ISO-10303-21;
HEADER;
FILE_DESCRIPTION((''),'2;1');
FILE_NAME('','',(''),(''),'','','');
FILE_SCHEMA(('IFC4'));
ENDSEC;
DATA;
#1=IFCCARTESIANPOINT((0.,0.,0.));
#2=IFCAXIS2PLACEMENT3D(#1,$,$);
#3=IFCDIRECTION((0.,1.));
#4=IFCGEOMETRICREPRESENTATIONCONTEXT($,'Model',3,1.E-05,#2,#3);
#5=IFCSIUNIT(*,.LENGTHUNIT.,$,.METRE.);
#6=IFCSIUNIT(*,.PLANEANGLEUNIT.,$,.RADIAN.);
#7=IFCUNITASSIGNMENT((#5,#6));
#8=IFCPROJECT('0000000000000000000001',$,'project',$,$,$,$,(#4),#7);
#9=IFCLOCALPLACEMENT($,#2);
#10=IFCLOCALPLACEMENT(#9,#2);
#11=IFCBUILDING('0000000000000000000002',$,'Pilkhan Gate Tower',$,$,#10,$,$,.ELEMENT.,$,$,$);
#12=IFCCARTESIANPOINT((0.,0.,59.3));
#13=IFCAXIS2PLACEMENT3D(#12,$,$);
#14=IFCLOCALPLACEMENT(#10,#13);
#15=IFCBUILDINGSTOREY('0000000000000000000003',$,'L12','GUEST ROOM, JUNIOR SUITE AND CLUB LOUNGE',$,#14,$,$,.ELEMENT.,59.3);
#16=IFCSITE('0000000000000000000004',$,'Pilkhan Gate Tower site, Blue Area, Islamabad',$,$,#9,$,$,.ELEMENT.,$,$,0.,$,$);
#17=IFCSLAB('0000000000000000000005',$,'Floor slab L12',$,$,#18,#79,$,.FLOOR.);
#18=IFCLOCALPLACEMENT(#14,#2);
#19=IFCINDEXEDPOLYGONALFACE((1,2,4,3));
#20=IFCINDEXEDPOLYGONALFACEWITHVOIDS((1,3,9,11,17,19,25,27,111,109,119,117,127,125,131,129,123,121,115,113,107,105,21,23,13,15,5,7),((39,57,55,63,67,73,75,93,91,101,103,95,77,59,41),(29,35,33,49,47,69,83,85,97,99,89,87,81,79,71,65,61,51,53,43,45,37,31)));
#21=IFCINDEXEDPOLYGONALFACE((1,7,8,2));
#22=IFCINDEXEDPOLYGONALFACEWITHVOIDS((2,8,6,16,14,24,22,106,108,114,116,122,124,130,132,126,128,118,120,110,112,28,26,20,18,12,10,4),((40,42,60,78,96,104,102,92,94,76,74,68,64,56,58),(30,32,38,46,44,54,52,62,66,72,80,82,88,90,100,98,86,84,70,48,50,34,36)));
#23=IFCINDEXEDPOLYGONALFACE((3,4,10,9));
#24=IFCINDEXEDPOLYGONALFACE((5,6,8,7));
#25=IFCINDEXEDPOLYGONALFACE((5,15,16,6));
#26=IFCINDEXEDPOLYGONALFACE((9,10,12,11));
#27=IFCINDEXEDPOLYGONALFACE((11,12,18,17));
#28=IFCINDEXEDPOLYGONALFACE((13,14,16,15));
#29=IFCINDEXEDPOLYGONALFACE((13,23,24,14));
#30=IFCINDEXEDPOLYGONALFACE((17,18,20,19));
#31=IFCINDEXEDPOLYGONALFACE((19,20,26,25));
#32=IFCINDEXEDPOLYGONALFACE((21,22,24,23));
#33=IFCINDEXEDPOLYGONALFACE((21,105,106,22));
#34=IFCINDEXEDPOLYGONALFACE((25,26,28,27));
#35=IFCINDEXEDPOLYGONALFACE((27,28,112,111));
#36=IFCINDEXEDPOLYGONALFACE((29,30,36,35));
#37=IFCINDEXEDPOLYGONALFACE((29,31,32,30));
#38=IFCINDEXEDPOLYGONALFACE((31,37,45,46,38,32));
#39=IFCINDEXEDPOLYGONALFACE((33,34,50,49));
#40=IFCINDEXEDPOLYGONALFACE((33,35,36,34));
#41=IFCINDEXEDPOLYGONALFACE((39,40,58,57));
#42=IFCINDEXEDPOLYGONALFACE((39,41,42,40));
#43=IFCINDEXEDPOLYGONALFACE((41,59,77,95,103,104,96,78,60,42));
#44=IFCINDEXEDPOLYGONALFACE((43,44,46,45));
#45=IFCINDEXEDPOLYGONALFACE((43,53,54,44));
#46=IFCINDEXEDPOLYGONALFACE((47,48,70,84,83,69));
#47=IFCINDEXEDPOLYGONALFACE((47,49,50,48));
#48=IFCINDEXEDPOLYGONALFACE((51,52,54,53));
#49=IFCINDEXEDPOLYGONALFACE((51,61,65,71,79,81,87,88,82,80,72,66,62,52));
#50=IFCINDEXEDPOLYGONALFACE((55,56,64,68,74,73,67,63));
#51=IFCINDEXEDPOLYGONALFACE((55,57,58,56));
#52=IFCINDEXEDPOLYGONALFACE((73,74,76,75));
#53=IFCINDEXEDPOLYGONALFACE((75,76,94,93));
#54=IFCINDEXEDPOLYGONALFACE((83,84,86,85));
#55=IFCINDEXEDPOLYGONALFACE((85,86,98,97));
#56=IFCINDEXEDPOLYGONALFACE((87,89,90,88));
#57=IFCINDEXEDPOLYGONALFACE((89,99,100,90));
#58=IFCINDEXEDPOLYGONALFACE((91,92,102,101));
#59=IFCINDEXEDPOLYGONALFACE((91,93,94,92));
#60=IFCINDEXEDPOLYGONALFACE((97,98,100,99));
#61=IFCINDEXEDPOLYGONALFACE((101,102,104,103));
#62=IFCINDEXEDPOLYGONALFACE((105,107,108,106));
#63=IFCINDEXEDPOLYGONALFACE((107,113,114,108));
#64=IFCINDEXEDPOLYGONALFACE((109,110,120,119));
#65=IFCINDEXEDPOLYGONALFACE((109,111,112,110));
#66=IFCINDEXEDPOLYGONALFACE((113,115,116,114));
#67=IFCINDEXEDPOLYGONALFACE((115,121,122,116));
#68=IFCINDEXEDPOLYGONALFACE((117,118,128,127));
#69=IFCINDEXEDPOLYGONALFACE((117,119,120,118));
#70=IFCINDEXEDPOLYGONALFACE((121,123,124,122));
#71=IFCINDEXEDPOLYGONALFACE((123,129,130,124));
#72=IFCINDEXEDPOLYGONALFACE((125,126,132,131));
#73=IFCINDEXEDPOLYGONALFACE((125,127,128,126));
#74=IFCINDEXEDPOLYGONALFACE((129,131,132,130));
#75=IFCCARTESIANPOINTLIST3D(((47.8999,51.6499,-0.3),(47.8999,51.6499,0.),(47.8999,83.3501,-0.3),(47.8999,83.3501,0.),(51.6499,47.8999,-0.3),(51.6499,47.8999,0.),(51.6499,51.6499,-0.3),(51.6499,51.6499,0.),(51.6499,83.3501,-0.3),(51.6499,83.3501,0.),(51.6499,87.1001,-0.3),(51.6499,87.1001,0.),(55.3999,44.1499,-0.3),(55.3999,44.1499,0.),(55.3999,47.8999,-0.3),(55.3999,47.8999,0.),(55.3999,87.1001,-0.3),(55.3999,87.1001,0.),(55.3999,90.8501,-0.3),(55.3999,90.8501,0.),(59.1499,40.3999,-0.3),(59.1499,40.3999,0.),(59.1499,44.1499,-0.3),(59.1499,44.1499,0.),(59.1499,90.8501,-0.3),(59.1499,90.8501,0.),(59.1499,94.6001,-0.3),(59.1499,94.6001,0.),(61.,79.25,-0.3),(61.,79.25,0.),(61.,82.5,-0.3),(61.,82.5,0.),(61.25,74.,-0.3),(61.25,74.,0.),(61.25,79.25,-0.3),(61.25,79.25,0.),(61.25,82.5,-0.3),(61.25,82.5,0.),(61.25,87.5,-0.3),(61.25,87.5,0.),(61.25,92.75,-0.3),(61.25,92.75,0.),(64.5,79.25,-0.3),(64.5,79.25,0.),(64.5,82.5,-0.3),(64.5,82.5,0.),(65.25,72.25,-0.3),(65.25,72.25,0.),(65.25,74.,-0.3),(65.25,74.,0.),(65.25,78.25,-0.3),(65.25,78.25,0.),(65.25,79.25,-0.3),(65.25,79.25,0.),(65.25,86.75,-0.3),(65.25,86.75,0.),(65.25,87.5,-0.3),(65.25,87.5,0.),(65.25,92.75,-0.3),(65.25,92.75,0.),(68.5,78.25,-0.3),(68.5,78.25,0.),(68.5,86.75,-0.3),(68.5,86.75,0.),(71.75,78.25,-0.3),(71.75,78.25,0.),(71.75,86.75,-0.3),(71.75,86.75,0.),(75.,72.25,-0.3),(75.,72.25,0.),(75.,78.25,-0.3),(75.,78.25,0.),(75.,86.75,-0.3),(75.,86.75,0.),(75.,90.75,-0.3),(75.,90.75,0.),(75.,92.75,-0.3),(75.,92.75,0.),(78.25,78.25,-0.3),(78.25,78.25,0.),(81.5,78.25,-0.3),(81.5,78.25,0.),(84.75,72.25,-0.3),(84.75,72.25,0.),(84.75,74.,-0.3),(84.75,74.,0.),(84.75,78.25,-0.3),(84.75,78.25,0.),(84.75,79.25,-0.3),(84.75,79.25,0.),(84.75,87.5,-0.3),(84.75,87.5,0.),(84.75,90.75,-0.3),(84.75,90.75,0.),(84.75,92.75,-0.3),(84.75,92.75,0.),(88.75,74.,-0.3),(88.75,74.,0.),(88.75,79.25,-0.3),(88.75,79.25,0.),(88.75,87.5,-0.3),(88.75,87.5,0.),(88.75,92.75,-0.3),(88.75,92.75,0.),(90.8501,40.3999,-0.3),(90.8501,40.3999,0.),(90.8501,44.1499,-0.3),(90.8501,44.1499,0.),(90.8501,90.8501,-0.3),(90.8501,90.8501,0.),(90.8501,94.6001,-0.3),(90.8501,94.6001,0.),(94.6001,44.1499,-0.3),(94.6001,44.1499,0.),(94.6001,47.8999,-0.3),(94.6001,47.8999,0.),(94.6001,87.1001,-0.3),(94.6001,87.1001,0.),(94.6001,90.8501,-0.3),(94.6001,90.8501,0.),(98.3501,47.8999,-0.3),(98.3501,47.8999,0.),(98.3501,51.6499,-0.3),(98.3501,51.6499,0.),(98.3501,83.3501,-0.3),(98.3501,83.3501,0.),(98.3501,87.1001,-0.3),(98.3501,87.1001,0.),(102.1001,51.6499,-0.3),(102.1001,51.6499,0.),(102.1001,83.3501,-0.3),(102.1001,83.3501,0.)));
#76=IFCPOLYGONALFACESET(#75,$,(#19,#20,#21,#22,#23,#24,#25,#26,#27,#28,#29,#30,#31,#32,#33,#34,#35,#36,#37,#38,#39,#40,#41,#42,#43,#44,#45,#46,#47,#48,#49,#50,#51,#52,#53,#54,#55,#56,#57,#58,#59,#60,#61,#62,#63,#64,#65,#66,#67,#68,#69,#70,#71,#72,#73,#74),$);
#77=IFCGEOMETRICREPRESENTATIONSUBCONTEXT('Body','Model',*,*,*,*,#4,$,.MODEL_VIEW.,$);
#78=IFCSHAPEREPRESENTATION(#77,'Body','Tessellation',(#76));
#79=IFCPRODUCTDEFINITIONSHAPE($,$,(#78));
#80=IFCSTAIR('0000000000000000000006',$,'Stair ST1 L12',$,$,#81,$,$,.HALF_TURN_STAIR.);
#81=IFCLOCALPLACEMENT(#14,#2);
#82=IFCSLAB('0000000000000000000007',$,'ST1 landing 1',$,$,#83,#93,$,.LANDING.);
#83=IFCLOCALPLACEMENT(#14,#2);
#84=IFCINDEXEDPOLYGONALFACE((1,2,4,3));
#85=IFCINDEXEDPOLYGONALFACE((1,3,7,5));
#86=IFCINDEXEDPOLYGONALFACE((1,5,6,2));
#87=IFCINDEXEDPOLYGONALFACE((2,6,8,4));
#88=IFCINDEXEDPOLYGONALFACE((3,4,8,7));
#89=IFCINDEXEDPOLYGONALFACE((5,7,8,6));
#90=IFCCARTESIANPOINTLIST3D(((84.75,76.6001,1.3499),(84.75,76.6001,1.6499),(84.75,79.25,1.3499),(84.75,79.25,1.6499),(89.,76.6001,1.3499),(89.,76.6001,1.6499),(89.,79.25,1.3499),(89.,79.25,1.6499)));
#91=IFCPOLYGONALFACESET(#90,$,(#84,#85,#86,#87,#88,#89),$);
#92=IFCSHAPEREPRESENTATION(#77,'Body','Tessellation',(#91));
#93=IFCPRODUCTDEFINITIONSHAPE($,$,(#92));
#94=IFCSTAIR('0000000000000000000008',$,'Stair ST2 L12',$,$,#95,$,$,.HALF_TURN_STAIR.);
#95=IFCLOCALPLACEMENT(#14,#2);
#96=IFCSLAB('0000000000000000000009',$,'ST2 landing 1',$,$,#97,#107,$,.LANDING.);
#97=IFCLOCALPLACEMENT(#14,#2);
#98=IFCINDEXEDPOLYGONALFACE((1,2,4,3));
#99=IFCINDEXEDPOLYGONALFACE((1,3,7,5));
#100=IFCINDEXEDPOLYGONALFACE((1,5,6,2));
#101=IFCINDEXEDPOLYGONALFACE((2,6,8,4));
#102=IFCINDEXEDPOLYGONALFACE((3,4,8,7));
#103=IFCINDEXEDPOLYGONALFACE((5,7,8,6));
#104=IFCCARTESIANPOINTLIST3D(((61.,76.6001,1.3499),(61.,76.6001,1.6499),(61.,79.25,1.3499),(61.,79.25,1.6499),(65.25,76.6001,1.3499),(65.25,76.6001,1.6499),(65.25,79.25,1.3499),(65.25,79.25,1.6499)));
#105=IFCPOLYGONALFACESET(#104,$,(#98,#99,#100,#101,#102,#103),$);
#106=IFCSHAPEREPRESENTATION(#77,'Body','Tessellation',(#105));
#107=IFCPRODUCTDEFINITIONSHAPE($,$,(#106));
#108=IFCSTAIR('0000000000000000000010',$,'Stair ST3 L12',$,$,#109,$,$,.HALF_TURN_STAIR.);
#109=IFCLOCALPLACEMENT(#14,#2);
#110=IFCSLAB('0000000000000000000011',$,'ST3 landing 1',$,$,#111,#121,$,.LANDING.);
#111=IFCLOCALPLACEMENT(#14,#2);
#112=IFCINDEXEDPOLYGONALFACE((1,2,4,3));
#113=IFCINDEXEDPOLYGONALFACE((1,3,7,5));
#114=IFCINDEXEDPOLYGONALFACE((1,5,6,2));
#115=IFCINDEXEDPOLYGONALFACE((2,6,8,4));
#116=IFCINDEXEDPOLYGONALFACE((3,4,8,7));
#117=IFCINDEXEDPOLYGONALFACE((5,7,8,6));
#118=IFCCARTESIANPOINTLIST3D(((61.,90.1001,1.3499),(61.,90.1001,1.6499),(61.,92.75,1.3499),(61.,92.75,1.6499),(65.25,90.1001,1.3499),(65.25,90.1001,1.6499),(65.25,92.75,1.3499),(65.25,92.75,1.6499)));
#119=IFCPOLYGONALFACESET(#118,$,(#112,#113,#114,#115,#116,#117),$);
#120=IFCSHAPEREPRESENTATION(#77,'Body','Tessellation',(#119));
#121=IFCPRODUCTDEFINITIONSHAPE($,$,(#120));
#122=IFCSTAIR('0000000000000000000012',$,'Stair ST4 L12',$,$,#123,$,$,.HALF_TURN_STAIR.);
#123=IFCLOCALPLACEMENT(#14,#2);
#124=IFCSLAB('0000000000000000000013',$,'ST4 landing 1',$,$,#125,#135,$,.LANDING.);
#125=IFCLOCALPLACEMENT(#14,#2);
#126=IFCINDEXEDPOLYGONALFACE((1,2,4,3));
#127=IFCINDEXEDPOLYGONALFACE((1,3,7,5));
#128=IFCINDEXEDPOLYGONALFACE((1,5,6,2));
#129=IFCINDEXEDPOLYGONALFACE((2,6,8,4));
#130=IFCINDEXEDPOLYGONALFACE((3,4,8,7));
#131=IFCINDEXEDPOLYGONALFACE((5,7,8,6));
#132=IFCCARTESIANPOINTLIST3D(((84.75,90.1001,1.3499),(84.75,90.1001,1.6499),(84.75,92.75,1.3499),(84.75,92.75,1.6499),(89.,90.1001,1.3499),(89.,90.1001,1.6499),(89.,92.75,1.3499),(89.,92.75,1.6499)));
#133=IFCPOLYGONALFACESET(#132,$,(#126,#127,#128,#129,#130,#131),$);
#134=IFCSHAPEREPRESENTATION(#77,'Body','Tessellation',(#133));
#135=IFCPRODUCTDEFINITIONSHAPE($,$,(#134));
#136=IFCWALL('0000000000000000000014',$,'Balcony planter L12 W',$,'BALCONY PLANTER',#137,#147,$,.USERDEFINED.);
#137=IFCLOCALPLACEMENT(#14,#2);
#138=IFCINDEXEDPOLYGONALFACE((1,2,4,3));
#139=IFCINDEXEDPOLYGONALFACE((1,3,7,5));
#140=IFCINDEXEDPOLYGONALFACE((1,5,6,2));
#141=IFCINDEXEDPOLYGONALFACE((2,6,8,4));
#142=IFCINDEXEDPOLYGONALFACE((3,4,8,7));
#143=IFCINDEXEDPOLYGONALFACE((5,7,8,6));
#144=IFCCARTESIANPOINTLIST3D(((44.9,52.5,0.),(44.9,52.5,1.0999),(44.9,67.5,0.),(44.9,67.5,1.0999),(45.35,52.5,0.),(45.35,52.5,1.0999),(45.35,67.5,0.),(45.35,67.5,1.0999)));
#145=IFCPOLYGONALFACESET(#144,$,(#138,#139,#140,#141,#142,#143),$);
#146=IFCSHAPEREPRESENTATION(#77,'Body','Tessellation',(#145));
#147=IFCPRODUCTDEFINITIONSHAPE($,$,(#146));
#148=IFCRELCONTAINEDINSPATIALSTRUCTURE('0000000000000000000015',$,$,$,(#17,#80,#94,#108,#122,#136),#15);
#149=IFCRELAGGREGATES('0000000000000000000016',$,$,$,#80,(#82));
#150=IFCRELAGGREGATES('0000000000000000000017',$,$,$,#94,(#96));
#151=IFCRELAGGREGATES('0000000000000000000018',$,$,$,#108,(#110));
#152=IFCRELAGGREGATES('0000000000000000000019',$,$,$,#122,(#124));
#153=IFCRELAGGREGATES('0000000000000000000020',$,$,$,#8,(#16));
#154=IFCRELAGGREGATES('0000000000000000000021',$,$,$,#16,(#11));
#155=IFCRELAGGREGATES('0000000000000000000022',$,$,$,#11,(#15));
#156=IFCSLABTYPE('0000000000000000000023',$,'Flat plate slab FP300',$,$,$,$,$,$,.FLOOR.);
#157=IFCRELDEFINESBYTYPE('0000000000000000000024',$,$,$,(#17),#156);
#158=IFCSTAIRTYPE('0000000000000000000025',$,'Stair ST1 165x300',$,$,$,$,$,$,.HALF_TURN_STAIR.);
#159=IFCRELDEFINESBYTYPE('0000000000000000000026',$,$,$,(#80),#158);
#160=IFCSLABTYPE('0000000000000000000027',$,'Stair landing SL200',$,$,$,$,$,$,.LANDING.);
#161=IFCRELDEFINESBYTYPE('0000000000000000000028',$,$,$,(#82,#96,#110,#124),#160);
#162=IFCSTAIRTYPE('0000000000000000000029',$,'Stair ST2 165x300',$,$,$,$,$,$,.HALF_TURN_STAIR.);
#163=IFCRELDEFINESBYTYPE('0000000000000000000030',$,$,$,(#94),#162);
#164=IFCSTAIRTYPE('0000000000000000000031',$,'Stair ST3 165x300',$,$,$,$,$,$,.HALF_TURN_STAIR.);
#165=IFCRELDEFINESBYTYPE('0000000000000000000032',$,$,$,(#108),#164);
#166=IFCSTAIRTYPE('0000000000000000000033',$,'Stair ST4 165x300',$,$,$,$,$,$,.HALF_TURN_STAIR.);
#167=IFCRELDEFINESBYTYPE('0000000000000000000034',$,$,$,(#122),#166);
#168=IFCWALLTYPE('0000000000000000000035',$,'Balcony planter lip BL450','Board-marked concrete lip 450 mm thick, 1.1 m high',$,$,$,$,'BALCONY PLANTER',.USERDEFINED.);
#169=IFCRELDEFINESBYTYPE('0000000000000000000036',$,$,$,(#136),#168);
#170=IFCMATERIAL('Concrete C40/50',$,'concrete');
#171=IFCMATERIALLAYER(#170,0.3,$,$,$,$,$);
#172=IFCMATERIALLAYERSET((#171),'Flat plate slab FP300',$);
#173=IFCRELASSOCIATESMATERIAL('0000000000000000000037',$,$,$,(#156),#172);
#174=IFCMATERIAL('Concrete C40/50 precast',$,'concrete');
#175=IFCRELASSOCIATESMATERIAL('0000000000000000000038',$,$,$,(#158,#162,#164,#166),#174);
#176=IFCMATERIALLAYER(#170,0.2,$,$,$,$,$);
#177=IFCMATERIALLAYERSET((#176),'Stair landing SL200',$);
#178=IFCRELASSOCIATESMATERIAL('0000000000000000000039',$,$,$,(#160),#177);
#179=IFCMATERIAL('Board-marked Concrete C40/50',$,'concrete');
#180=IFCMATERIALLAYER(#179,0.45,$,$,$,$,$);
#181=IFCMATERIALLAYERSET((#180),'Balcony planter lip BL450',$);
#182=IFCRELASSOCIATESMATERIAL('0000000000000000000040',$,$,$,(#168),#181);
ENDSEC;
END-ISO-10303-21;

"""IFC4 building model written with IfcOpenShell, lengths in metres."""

from ifc_helpers import new_model, si_unit, direction, frame, frame_2d, origin, place, context, subcontext, project, spatial, polyline, rectangle, outline, extrude, material, layer, layer_set, type_object, element, aggregate, save


model = new_model("IFC4")

# Units and contexts
model_context = context("Model", 3, precision=1e-05, world=origin(), true_north=direction((0.0, 1.0)))
body_context = subcontext(model_context, "Body", "Model", "MODEL_VIEW")
ifc_project = project(units=[si_unit("LENGTHUNIT", "METRE"), si_unit("PLANEANGLEUNIT", "RADIAN")], contexts=[model_context])

# Site, building, storey
site_placement = place(None, origin())
site = spatial("IfcSite", under=ifc_project, at=site_placement, Name="Pilkhan Gate Tower site, Blue Area, Islamabad", CompositionType="ELEMENT", RefElevation=0.0)
building_placement = place(site_placement, origin())
building = spatial("IfcBuilding", under=site, at=building_placement, Name="Pilkhan Gate Tower", CompositionType="ELEMENT")
storey_placement = place(building_placement, frame((0.0, 0.0, 59.3)))
storey = spatial("IfcBuildingStorey", under=building, at=storey_placement, Name="L12", Description="GUEST ROOM, JUNIOR SUITE AND CLUB LOUNGE", CompositionType="ELEMENT", Elevation=59.3)

# Slab
ifc_material_1 = material(Name="Concrete C40/50", Category="concrete")
ifc_layer_1 = layer(ifc_material_1, 0.3)
ifc_layer_set_1 = layer_set([ifc_layer_1], Name="Flat plate slab FP300")
slab_type_1 = type_object("IfcSlabType", Name="Flat plate slab FP300", PredefinedType="FLOOR", material=ifc_layer_set_1)
slab_1_placement = place(storey_placement, frame((0.0, 0.0, -0.3)))
element("IfcSlab", 1, at=slab_1_placement, inside=storey, type_object=slab_type_1, Name="Floor slab L12", PredefinedType="FLOOR", context=body_context, shape_type="SweptSolid", body=[
    extrude(outline(polyline([(98.3501, 47.8999), (94.6001, 47.8999), (94.6001, 44.1499), (90.8501, 44.1499), (90.8501, 40.3999), (59.1499, 40.3999), (59.1499, 44.1499), (55.3999, 44.1499), (55.3999, 47.8999), (51.6499, 47.8999), (51.6499, 51.6499), (47.8999, 51.6499), (47.8999, 83.3501), (51.6499, 83.3501), (51.6499, 87.1001), (55.3999, 87.1001), (55.3999, 90.8501), (59.1499, 90.8501), (59.1499, 94.6001), (90.8501, 94.6001), (90.8501, 90.8501), (94.6001, 90.8501), (94.6001, 87.1001), (98.3501, 87.1001), (98.3501, 83.3501), (102.1001, 83.3501), (102.1001, 51.6499), (98.3501, 51.6499), (98.3501, 47.8999)]), holes=[polyline([(65.25, 87.5), (65.25, 86.75), (68.5, 86.75), (71.75, 86.75), (75.0, 86.75), (75.0, 90.75), (84.75, 90.75), (84.75, 87.5), (88.75, 87.5), (88.75, 92.75), (84.75, 92.75), (75.0, 92.75), (65.25, 92.75), (61.25, 92.75), (61.25, 87.5), (65.25, 87.5)]), polyline([(75.0, 72.25), (84.75, 72.25), (84.75, 74.0), (88.75, 74.0), (88.75, 79.25), (84.75, 79.25), (84.75, 78.25), (81.5, 78.25), (78.25, 78.25), (75.0, 78.25), (71.75, 78.25), (68.5, 78.25), (65.25, 78.25), (65.25, 79.25), (64.5, 79.25), (64.5, 82.5), (61.25, 82.5), (61.0, 82.5), (61.0, 79.25), (61.25, 79.25), (61.25, 74.0), (65.25, 74.0), (65.25, 72.25), (75.0, 72.25)])]), origin(), (0.0, 0.0, 1.0), 0.3),
])

# Stairs, slabs
ifc_material_2 = material(Name="Concrete C40/50 precast", Category="concrete")
stair_type_1 = type_object("IfcStairType", Name="Stair ST1 165x300", PredefinedType="HALF_TURN_STAIR", material=ifc_material_2)
stair_1_placement = place(storey_placement, origin())
stair_1 = element("IfcStair", 2, at=stair_1_placement, inside=storey, type_object=stair_type_1, Name="Stair ST1 L12", PredefinedType="HALF_TURN_STAIR")
ifc_layer_2 = layer(ifc_material_1, 0.2)
ifc_layer_set_2 = layer_set([ifc_layer_2], Name="Stair landing SL200")
slab_type_2 = type_object("IfcSlabType", Name="Stair landing SL200", PredefinedType="LANDING", material=ifc_layer_set_2)
slab_2_placement = place(storey_placement, frame((0.0, 0.0, 1.3499)))
slab_2 = element("IfcSlab", 3, at=slab_2_placement, type_object=slab_type_2, Name="ST1 landing 1", PredefinedType="LANDING", context=body_context, shape_type="SweptSolid", body=[
    extrude(outline(polyline([(89.0, 76.6001), (89.0, 79.25), (84.75, 79.25), (84.75, 76.6001), (89.0, 76.6001)])), origin(), (0.0, 0.0, 1.0), 0.3),
])
aggregate(stair_1, [slab_2])
stair_type_2 = type_object("IfcStairType", Name="Stair ST2 165x300", PredefinedType="HALF_TURN_STAIR", material=ifc_material_2)
stair_2_placement = place(storey_placement, origin())
stair_2 = element("IfcStair", 4, at=stair_2_placement, inside=storey, type_object=stair_type_2, Name="Stair ST2 L12", PredefinedType="HALF_TURN_STAIR")
slab_3_placement = place(storey_placement, frame((0.0, 0.0, 1.3499)))
slab_3 = element("IfcSlab", 5, at=slab_3_placement, type_object=slab_type_2, Name="ST2 landing 1", PredefinedType="LANDING", context=body_context, shape_type="SweptSolid", body=[
    extrude(outline(polyline([(65.25, 76.6001), (65.25, 79.25), (61.0, 79.25), (61.0, 76.6001), (65.25, 76.6001)])), origin(), (0.0, 0.0, 1.0), 0.3),
])
aggregate(stair_2, [slab_3])
stair_type_3 = type_object("IfcStairType", Name="Stair ST3 165x300", PredefinedType="HALF_TURN_STAIR", material=ifc_material_2)
stair_3_placement = place(storey_placement, origin())
stair_3 = element("IfcStair", 6, at=stair_3_placement, inside=storey, type_object=stair_type_3, Name="Stair ST3 L12", PredefinedType="HALF_TURN_STAIR")
slab_4_placement = place(storey_placement, frame((0.0, 0.0, 1.3499)))
slab_4 = element("IfcSlab", 7, at=slab_4_placement, type_object=slab_type_2, Name="ST3 landing 1", PredefinedType="LANDING", context=body_context, shape_type="SweptSolid", body=[
    extrude(outline(polyline([(65.25, 90.1001), (65.25, 92.75), (61.0, 92.75), (61.0, 90.1001), (65.25, 90.1001)])), origin(), (0.0, 0.0, 1.0), 0.3),
])
aggregate(stair_3, [slab_4])
stair_type_4 = type_object("IfcStairType", Name="Stair ST4 165x300", PredefinedType="HALF_TURN_STAIR", material=ifc_material_2)
stair_4_placement = place(storey_placement, origin())
stair_4 = element("IfcStair", 8, at=stair_4_placement, inside=storey, type_object=stair_type_4, Name="Stair ST4 L12", PredefinedType="HALF_TURN_STAIR")
slab_5_placement = place(storey_placement, frame((0.0, 0.0, 1.3499)))
slab_5 = element("IfcSlab", 9, at=slab_5_placement, type_object=slab_type_2, Name="ST4 landing 1", PredefinedType="LANDING", context=body_context, shape_type="SweptSolid", body=[
    extrude(outline(polyline([(89.0, 90.1001), (89.0, 92.75), (84.75, 92.75), (84.75, 90.1001), (89.0, 90.1001)])), origin(), (0.0, 0.0, 1.0), 0.3),
])
aggregate(stair_4, [slab_5])

# Wall
ifc_material_3 = material(Name="Board-marked Concrete C40/50", Category="concrete")
ifc_layer_3 = layer(ifc_material_3, 0.45)
ifc_layer_set_3 = layer_set([ifc_layer_3], Name="Balcony planter lip BL450")
wall_type = type_object("IfcWallType", Name="Balcony planter lip BL450", Description="Board-marked concrete lip 450 mm thick, 1.1 m high", ElementType="BALCONY PLANTER", PredefinedType="USERDEFINED", material=ifc_layer_set_3)
wall_placement = place(storey_placement, frame((45.125, 52.5, 0.0), z_axis=(0.0, 0.0, 1.0), x_axis=(0.0, 1.0, 0.0)))
element("IfcWall", 10, at=wall_placement, inside=storey, type_object=wall_type, Name="Balcony planter L12 W", ObjectType="BALCONY PLANTER", PredefinedType="USERDEFINED", context=body_context, shape_type="SweptSolid", body=[
    extrude(rectangle(XDim=15.0, YDim=0.45, at=frame_2d((7.5, 0.0))), origin(), (0.0, 0.0, 1.0), 1.0999),
])

save(model, "model.ifc")
